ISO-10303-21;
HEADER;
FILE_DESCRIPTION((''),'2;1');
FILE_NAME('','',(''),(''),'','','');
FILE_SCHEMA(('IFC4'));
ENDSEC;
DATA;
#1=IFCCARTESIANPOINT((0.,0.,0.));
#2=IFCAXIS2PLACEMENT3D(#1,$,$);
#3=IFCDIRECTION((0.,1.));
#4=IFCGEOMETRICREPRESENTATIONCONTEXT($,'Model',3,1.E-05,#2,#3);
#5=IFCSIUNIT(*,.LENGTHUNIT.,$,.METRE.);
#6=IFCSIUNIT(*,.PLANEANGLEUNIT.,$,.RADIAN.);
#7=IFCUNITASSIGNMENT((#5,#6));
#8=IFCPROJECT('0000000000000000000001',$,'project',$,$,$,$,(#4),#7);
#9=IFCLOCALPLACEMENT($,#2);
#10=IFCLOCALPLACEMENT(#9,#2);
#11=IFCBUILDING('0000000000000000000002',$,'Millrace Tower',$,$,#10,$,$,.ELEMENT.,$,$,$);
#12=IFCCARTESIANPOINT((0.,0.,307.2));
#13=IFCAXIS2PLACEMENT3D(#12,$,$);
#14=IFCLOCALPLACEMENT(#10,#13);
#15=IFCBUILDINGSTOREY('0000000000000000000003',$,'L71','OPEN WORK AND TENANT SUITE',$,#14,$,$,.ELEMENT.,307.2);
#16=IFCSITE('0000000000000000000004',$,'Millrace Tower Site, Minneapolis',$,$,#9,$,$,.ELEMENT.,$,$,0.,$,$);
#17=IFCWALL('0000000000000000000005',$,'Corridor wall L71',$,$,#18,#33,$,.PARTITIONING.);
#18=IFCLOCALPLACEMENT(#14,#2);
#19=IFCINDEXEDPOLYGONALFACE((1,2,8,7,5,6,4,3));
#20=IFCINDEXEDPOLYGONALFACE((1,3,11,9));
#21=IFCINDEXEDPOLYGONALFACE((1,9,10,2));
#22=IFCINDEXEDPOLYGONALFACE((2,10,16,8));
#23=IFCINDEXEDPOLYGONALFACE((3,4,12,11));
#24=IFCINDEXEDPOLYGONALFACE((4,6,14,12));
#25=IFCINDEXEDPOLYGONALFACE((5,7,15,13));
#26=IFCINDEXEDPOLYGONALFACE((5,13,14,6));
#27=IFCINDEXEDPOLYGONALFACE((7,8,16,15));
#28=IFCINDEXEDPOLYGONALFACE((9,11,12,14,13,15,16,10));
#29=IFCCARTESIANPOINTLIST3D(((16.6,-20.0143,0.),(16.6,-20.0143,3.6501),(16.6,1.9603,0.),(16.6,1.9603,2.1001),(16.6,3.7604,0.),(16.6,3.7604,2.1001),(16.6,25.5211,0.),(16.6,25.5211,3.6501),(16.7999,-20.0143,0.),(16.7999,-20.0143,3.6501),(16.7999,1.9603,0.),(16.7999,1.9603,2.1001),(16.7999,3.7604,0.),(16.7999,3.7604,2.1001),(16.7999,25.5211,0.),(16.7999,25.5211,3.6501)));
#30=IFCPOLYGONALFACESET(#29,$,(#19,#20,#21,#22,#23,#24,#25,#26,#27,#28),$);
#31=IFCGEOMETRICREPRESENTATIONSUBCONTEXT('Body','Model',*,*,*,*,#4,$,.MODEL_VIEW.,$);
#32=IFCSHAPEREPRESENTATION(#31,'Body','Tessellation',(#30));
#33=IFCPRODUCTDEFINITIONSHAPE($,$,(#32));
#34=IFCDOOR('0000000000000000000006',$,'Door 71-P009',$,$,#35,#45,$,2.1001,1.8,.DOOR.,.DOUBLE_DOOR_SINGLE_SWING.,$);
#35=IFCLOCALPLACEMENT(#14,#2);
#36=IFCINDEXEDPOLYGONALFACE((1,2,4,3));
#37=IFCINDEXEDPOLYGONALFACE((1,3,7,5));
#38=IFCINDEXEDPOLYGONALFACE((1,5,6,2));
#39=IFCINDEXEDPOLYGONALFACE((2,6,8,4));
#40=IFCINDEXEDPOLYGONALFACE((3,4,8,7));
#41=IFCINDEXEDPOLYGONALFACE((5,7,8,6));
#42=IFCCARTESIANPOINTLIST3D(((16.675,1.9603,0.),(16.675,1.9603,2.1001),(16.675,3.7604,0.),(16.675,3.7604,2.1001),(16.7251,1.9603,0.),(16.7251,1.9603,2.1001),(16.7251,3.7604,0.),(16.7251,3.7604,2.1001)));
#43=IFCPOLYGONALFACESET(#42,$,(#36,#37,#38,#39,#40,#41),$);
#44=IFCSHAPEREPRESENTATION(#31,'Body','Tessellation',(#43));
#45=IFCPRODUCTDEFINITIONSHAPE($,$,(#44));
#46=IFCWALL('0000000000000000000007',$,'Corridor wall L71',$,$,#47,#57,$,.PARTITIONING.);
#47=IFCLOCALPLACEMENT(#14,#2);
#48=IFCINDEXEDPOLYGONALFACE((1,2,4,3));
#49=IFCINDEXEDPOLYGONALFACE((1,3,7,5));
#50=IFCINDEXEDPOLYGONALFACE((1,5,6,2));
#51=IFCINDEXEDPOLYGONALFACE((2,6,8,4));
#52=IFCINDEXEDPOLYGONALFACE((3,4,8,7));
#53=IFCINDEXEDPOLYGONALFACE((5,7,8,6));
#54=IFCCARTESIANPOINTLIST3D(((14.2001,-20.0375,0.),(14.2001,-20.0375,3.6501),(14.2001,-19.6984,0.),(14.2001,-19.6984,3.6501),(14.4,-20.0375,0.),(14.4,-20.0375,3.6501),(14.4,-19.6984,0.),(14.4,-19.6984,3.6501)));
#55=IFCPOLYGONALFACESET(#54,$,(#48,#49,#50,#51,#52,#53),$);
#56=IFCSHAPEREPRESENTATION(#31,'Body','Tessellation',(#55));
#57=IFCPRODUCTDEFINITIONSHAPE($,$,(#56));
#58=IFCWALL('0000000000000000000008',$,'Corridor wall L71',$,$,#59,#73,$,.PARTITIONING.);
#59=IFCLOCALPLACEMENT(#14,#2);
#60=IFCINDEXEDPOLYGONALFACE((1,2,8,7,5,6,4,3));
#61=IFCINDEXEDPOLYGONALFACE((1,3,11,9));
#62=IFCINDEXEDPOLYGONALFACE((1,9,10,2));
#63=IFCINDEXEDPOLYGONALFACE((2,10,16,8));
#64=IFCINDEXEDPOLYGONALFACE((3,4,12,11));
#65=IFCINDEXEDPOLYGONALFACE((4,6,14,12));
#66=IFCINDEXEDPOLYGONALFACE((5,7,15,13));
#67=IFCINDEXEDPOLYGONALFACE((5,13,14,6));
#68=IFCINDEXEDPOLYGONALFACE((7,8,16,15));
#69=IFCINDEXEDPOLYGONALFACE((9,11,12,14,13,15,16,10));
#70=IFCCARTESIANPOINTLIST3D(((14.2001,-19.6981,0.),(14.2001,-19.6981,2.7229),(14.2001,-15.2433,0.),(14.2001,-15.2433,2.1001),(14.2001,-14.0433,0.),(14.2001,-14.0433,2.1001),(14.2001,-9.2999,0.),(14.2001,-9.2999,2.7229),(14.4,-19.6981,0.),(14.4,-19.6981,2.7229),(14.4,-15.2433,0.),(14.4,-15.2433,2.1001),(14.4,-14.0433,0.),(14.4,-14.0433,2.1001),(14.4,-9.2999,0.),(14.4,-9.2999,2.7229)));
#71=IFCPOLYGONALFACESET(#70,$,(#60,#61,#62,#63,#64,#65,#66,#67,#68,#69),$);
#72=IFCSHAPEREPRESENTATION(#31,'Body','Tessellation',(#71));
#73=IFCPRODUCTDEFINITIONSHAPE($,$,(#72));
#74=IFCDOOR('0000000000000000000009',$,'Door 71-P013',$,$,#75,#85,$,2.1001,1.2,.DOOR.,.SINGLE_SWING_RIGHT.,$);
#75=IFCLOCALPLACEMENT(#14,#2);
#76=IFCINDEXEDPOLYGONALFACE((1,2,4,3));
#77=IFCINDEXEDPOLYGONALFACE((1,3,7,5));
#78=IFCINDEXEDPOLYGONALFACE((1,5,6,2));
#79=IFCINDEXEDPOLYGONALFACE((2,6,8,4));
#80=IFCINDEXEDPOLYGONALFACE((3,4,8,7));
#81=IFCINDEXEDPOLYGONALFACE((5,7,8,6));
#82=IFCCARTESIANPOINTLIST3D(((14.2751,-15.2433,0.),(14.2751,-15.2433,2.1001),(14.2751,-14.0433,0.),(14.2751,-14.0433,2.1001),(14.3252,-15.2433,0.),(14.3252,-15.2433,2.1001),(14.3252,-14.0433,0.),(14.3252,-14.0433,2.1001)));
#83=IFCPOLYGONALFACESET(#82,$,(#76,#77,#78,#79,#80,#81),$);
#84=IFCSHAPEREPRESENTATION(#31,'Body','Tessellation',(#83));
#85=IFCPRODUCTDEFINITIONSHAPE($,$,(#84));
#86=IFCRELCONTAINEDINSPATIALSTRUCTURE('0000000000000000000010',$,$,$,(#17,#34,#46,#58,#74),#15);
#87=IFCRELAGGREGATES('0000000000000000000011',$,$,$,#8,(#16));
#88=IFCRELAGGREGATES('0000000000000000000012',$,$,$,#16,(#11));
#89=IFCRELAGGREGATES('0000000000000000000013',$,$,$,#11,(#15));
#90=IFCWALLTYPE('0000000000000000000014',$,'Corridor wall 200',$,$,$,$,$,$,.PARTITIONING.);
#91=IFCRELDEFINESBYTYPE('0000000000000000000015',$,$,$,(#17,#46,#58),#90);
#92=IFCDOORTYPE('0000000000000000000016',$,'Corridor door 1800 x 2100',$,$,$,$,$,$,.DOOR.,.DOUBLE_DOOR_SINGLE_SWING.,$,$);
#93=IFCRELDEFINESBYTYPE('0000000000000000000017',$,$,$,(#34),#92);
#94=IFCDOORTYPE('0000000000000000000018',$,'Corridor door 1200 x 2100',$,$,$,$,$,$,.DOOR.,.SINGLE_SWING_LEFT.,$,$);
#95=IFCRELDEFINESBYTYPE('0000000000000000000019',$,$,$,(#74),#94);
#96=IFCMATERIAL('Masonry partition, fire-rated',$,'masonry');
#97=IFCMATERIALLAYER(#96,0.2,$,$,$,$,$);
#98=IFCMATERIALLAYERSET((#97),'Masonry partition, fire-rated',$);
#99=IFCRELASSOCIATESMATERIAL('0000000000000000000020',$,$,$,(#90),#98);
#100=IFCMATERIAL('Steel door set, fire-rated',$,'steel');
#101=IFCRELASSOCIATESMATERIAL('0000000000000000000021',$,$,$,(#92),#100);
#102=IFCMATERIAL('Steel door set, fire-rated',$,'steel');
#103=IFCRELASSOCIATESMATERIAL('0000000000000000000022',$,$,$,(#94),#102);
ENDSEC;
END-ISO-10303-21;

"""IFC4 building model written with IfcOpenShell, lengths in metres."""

from ifc_helpers import new_model, si_unit, direction, frame, frame_2d, origin, place, context, subcontext, project, spatial, rectangle, extrude, material, layer, layer_set, type_object, element, fill, save


model = new_model("IFC4")

# Units and contexts
model_context = context("Model", 3, precision=1e-05, world=origin(), true_north=direction((0.0, 1.0)))
body_context = subcontext(model_context, "Body", "Model", "MODEL_VIEW")
ifc_project = project(units=[si_unit("LENGTHUNIT", "METRE"), si_unit("PLANEANGLEUNIT", "RADIAN")], contexts=[model_context])

# Site, building, storey
site_placement = place(None, origin())
site = spatial("IfcSite", under=ifc_project, at=site_placement, Name="Millrace Tower Site, Minneapolis", CompositionType="ELEMENT", RefElevation=0.0)
building_placement = place(site_placement, origin())
building = spatial("IfcBuilding", under=site, at=building_placement, Name="Millrace Tower", CompositionType="ELEMENT")
storey_placement = place(building_placement, frame((0.0, 0.0, 307.2)))
storey = spatial("IfcBuildingStorey", under=building, at=storey_placement, Name="L71", Description="OPEN WORK AND TENANT SUITE", CompositionType="ELEMENT", Elevation=307.2)

# Wall, opening, door
ifc_material_1 = material(Name="Masonry partition, fire-rated", Category="masonry")
ifc_layer_1 = layer(ifc_material_1, 0.2)
ifc_layer_set_1 = layer_set([ifc_layer_1], Name="Masonry partition, fire-rated")
wall_type = type_object("IfcWallType", Name="Corridor wall 200", PredefinedType="PARTITIONING", material=ifc_layer_set_1)
wall_1_placement = place(storey_placement, frame((16.7, -20.0142, 0.0), z_axis=(0.0, 0.0, 1.0), x_axis=(0.0, 1.0, 0.0)))
wall_1 = element("IfcWall", 1, at=wall_1_placement, inside=storey, type_object=wall_type, Name="Corridor wall L71", PredefinedType="PARTITIONING", context=body_context, shape_type="SweptSolid", body=[
    extrude(rectangle(XDim=45.5354, YDim=0.2, at=frame_2d((22.7676, 0.0))), origin(), (0.0, 0.0, 1.0), 3.6501),
])
opening_1_placement = place(wall_1_placement, frame((21.9746, 0.0, 0.0)))
opening_1 = element("IfcOpeningElement", 2, at=opening_1_placement, cuts=wall_1, PredefinedType="OPENING", context=body_context, shape_type="SweptSolid", body=[
    extrude(rectangle(XDim=1.8, YDim=2.1001, at=frame_2d((0.8999, 1.05))), frame((0.0, 0.1099, 0.0), z_axis=(0.0, -1.0, 0.0), x_axis=(1.0, 0.0, 0.0)), (0.0, 0.0, 1.0), 0.22),
])
ifc_material_2 = material(Name="Steel door set, fire-rated", Category="steel")
door_type_1 = type_object("IfcDoorType", Name="Corridor door 1800 x 2100", OperationType="DOUBLE_DOOR_SINGLE_SWING", PredefinedType="DOOR", material=ifc_material_2)
door_1_placement = place(opening_1_placement, origin())
door_1 = element("IfcDoor", 3, at=door_1_placement, inside=storey, type_object=door_type_1, Name="Door 71-P009", OperationType="DOUBLE_DOOR_SINGLE_SWING", OverallHeight=2.1001, OverallWidth=1.8, PredefinedType="DOOR", context=body_context, shape_type="SweptSolid", body=[
    extrude(rectangle(XDim=1.8, YDim=2.1001, at=frame_2d((0.8999, 1.05))), frame((0.0, 0.0249, 0.0), z_axis=(0.0, -1.0, 0.0), x_axis=(1.0, 0.0, 0.0)), (0.0, 0.0, 1.0), 0.05),
])
fill(opening_1, door_1)

# Wall
wall_2_placement = place(storey_placement, frame((14.3, -20.0374, 0.0), z_axis=(0.0, 0.0, 1.0), x_axis=(0.0, 1.0, 0.0)))
element("IfcWall", 4, at=wall_2_placement, inside=storey, type_object=wall_type, Name="Corridor wall L71", PredefinedType="PARTITIONING", context=body_context, shape_type="SweptSolid", body=[
    extrude(rectangle(XDim=0.3391, YDim=0.2, at=frame_2d((0.1694, 0.0))), origin(), (0.0, 0.0, 1.0), 3.6501),
])

# Wall, opening, door
wall_3_placement = place(storey_placement, frame((14.3, -19.6982, 0.0), z_axis=(0.0, 0.0, 1.0), x_axis=(0.0, 1.0, 0.0)))
wall_3 = element("IfcWall", 5, at=wall_3_placement, inside=storey, type_object=wall_type, Name="Corridor wall L71", PredefinedType="PARTITIONING", context=body_context, shape_type="SweptSolid", body=[
    extrude(rectangle(XDim=10.3982, YDim=0.2, at=frame_2d((5.1992, 0.0))), origin(), (0.0, 0.0, 1.0), 2.7229),
])
opening_2_placement = place(wall_3_placement, frame((4.4548, 0.0, 0.0)))
opening_2 = element("IfcOpeningElement", 6, at=opening_2_placement, cuts=wall_3, PredefinedType="OPENING", context=body_context, shape_type="SweptSolid", body=[
    extrude(rectangle(XDim=1.2, YDim=2.1001, at=frame_2d((0.6001, 1.05))), frame((0.0, 0.1099, 0.0), z_axis=(0.0, -1.0, 0.0), x_axis=(1.0, 0.0, 0.0)), (0.0, 0.0, 1.0), 0.22),
])
ifc_material_3 = material(Name="Steel door set, fire-rated", Category="steel")
door_type_2 = type_object("IfcDoorType", Name="Corridor door 1200 x 2100", OperationType="SINGLE_SWING_LEFT", PredefinedType="DOOR", material=ifc_material_3)
door_2_placement = place(opening_2_placement, origin())
door_2 = element("IfcDoor", 7, at=door_2_placement, inside=storey, type_object=door_type_2, Name="Door 71-P013", OperationType="SINGLE_SWING_RIGHT", OverallHeight=2.1001, OverallWidth=1.2, PredefinedType="DOOR", context=body_context, shape_type="SweptSolid", body=[
    extrude(rectangle(XDim=1.2, YDim=2.1001, at=frame_2d((0.6001, 1.05))), frame((0.0, 0.0249, 0.0), z_axis=(0.0, -1.0, 0.0), x_axis=(1.0, 0.0, 0.0)), (0.0, 0.0, 1.0), 0.05),
])
fill(opening_2, door_2)

save(model, "model.ifc")
